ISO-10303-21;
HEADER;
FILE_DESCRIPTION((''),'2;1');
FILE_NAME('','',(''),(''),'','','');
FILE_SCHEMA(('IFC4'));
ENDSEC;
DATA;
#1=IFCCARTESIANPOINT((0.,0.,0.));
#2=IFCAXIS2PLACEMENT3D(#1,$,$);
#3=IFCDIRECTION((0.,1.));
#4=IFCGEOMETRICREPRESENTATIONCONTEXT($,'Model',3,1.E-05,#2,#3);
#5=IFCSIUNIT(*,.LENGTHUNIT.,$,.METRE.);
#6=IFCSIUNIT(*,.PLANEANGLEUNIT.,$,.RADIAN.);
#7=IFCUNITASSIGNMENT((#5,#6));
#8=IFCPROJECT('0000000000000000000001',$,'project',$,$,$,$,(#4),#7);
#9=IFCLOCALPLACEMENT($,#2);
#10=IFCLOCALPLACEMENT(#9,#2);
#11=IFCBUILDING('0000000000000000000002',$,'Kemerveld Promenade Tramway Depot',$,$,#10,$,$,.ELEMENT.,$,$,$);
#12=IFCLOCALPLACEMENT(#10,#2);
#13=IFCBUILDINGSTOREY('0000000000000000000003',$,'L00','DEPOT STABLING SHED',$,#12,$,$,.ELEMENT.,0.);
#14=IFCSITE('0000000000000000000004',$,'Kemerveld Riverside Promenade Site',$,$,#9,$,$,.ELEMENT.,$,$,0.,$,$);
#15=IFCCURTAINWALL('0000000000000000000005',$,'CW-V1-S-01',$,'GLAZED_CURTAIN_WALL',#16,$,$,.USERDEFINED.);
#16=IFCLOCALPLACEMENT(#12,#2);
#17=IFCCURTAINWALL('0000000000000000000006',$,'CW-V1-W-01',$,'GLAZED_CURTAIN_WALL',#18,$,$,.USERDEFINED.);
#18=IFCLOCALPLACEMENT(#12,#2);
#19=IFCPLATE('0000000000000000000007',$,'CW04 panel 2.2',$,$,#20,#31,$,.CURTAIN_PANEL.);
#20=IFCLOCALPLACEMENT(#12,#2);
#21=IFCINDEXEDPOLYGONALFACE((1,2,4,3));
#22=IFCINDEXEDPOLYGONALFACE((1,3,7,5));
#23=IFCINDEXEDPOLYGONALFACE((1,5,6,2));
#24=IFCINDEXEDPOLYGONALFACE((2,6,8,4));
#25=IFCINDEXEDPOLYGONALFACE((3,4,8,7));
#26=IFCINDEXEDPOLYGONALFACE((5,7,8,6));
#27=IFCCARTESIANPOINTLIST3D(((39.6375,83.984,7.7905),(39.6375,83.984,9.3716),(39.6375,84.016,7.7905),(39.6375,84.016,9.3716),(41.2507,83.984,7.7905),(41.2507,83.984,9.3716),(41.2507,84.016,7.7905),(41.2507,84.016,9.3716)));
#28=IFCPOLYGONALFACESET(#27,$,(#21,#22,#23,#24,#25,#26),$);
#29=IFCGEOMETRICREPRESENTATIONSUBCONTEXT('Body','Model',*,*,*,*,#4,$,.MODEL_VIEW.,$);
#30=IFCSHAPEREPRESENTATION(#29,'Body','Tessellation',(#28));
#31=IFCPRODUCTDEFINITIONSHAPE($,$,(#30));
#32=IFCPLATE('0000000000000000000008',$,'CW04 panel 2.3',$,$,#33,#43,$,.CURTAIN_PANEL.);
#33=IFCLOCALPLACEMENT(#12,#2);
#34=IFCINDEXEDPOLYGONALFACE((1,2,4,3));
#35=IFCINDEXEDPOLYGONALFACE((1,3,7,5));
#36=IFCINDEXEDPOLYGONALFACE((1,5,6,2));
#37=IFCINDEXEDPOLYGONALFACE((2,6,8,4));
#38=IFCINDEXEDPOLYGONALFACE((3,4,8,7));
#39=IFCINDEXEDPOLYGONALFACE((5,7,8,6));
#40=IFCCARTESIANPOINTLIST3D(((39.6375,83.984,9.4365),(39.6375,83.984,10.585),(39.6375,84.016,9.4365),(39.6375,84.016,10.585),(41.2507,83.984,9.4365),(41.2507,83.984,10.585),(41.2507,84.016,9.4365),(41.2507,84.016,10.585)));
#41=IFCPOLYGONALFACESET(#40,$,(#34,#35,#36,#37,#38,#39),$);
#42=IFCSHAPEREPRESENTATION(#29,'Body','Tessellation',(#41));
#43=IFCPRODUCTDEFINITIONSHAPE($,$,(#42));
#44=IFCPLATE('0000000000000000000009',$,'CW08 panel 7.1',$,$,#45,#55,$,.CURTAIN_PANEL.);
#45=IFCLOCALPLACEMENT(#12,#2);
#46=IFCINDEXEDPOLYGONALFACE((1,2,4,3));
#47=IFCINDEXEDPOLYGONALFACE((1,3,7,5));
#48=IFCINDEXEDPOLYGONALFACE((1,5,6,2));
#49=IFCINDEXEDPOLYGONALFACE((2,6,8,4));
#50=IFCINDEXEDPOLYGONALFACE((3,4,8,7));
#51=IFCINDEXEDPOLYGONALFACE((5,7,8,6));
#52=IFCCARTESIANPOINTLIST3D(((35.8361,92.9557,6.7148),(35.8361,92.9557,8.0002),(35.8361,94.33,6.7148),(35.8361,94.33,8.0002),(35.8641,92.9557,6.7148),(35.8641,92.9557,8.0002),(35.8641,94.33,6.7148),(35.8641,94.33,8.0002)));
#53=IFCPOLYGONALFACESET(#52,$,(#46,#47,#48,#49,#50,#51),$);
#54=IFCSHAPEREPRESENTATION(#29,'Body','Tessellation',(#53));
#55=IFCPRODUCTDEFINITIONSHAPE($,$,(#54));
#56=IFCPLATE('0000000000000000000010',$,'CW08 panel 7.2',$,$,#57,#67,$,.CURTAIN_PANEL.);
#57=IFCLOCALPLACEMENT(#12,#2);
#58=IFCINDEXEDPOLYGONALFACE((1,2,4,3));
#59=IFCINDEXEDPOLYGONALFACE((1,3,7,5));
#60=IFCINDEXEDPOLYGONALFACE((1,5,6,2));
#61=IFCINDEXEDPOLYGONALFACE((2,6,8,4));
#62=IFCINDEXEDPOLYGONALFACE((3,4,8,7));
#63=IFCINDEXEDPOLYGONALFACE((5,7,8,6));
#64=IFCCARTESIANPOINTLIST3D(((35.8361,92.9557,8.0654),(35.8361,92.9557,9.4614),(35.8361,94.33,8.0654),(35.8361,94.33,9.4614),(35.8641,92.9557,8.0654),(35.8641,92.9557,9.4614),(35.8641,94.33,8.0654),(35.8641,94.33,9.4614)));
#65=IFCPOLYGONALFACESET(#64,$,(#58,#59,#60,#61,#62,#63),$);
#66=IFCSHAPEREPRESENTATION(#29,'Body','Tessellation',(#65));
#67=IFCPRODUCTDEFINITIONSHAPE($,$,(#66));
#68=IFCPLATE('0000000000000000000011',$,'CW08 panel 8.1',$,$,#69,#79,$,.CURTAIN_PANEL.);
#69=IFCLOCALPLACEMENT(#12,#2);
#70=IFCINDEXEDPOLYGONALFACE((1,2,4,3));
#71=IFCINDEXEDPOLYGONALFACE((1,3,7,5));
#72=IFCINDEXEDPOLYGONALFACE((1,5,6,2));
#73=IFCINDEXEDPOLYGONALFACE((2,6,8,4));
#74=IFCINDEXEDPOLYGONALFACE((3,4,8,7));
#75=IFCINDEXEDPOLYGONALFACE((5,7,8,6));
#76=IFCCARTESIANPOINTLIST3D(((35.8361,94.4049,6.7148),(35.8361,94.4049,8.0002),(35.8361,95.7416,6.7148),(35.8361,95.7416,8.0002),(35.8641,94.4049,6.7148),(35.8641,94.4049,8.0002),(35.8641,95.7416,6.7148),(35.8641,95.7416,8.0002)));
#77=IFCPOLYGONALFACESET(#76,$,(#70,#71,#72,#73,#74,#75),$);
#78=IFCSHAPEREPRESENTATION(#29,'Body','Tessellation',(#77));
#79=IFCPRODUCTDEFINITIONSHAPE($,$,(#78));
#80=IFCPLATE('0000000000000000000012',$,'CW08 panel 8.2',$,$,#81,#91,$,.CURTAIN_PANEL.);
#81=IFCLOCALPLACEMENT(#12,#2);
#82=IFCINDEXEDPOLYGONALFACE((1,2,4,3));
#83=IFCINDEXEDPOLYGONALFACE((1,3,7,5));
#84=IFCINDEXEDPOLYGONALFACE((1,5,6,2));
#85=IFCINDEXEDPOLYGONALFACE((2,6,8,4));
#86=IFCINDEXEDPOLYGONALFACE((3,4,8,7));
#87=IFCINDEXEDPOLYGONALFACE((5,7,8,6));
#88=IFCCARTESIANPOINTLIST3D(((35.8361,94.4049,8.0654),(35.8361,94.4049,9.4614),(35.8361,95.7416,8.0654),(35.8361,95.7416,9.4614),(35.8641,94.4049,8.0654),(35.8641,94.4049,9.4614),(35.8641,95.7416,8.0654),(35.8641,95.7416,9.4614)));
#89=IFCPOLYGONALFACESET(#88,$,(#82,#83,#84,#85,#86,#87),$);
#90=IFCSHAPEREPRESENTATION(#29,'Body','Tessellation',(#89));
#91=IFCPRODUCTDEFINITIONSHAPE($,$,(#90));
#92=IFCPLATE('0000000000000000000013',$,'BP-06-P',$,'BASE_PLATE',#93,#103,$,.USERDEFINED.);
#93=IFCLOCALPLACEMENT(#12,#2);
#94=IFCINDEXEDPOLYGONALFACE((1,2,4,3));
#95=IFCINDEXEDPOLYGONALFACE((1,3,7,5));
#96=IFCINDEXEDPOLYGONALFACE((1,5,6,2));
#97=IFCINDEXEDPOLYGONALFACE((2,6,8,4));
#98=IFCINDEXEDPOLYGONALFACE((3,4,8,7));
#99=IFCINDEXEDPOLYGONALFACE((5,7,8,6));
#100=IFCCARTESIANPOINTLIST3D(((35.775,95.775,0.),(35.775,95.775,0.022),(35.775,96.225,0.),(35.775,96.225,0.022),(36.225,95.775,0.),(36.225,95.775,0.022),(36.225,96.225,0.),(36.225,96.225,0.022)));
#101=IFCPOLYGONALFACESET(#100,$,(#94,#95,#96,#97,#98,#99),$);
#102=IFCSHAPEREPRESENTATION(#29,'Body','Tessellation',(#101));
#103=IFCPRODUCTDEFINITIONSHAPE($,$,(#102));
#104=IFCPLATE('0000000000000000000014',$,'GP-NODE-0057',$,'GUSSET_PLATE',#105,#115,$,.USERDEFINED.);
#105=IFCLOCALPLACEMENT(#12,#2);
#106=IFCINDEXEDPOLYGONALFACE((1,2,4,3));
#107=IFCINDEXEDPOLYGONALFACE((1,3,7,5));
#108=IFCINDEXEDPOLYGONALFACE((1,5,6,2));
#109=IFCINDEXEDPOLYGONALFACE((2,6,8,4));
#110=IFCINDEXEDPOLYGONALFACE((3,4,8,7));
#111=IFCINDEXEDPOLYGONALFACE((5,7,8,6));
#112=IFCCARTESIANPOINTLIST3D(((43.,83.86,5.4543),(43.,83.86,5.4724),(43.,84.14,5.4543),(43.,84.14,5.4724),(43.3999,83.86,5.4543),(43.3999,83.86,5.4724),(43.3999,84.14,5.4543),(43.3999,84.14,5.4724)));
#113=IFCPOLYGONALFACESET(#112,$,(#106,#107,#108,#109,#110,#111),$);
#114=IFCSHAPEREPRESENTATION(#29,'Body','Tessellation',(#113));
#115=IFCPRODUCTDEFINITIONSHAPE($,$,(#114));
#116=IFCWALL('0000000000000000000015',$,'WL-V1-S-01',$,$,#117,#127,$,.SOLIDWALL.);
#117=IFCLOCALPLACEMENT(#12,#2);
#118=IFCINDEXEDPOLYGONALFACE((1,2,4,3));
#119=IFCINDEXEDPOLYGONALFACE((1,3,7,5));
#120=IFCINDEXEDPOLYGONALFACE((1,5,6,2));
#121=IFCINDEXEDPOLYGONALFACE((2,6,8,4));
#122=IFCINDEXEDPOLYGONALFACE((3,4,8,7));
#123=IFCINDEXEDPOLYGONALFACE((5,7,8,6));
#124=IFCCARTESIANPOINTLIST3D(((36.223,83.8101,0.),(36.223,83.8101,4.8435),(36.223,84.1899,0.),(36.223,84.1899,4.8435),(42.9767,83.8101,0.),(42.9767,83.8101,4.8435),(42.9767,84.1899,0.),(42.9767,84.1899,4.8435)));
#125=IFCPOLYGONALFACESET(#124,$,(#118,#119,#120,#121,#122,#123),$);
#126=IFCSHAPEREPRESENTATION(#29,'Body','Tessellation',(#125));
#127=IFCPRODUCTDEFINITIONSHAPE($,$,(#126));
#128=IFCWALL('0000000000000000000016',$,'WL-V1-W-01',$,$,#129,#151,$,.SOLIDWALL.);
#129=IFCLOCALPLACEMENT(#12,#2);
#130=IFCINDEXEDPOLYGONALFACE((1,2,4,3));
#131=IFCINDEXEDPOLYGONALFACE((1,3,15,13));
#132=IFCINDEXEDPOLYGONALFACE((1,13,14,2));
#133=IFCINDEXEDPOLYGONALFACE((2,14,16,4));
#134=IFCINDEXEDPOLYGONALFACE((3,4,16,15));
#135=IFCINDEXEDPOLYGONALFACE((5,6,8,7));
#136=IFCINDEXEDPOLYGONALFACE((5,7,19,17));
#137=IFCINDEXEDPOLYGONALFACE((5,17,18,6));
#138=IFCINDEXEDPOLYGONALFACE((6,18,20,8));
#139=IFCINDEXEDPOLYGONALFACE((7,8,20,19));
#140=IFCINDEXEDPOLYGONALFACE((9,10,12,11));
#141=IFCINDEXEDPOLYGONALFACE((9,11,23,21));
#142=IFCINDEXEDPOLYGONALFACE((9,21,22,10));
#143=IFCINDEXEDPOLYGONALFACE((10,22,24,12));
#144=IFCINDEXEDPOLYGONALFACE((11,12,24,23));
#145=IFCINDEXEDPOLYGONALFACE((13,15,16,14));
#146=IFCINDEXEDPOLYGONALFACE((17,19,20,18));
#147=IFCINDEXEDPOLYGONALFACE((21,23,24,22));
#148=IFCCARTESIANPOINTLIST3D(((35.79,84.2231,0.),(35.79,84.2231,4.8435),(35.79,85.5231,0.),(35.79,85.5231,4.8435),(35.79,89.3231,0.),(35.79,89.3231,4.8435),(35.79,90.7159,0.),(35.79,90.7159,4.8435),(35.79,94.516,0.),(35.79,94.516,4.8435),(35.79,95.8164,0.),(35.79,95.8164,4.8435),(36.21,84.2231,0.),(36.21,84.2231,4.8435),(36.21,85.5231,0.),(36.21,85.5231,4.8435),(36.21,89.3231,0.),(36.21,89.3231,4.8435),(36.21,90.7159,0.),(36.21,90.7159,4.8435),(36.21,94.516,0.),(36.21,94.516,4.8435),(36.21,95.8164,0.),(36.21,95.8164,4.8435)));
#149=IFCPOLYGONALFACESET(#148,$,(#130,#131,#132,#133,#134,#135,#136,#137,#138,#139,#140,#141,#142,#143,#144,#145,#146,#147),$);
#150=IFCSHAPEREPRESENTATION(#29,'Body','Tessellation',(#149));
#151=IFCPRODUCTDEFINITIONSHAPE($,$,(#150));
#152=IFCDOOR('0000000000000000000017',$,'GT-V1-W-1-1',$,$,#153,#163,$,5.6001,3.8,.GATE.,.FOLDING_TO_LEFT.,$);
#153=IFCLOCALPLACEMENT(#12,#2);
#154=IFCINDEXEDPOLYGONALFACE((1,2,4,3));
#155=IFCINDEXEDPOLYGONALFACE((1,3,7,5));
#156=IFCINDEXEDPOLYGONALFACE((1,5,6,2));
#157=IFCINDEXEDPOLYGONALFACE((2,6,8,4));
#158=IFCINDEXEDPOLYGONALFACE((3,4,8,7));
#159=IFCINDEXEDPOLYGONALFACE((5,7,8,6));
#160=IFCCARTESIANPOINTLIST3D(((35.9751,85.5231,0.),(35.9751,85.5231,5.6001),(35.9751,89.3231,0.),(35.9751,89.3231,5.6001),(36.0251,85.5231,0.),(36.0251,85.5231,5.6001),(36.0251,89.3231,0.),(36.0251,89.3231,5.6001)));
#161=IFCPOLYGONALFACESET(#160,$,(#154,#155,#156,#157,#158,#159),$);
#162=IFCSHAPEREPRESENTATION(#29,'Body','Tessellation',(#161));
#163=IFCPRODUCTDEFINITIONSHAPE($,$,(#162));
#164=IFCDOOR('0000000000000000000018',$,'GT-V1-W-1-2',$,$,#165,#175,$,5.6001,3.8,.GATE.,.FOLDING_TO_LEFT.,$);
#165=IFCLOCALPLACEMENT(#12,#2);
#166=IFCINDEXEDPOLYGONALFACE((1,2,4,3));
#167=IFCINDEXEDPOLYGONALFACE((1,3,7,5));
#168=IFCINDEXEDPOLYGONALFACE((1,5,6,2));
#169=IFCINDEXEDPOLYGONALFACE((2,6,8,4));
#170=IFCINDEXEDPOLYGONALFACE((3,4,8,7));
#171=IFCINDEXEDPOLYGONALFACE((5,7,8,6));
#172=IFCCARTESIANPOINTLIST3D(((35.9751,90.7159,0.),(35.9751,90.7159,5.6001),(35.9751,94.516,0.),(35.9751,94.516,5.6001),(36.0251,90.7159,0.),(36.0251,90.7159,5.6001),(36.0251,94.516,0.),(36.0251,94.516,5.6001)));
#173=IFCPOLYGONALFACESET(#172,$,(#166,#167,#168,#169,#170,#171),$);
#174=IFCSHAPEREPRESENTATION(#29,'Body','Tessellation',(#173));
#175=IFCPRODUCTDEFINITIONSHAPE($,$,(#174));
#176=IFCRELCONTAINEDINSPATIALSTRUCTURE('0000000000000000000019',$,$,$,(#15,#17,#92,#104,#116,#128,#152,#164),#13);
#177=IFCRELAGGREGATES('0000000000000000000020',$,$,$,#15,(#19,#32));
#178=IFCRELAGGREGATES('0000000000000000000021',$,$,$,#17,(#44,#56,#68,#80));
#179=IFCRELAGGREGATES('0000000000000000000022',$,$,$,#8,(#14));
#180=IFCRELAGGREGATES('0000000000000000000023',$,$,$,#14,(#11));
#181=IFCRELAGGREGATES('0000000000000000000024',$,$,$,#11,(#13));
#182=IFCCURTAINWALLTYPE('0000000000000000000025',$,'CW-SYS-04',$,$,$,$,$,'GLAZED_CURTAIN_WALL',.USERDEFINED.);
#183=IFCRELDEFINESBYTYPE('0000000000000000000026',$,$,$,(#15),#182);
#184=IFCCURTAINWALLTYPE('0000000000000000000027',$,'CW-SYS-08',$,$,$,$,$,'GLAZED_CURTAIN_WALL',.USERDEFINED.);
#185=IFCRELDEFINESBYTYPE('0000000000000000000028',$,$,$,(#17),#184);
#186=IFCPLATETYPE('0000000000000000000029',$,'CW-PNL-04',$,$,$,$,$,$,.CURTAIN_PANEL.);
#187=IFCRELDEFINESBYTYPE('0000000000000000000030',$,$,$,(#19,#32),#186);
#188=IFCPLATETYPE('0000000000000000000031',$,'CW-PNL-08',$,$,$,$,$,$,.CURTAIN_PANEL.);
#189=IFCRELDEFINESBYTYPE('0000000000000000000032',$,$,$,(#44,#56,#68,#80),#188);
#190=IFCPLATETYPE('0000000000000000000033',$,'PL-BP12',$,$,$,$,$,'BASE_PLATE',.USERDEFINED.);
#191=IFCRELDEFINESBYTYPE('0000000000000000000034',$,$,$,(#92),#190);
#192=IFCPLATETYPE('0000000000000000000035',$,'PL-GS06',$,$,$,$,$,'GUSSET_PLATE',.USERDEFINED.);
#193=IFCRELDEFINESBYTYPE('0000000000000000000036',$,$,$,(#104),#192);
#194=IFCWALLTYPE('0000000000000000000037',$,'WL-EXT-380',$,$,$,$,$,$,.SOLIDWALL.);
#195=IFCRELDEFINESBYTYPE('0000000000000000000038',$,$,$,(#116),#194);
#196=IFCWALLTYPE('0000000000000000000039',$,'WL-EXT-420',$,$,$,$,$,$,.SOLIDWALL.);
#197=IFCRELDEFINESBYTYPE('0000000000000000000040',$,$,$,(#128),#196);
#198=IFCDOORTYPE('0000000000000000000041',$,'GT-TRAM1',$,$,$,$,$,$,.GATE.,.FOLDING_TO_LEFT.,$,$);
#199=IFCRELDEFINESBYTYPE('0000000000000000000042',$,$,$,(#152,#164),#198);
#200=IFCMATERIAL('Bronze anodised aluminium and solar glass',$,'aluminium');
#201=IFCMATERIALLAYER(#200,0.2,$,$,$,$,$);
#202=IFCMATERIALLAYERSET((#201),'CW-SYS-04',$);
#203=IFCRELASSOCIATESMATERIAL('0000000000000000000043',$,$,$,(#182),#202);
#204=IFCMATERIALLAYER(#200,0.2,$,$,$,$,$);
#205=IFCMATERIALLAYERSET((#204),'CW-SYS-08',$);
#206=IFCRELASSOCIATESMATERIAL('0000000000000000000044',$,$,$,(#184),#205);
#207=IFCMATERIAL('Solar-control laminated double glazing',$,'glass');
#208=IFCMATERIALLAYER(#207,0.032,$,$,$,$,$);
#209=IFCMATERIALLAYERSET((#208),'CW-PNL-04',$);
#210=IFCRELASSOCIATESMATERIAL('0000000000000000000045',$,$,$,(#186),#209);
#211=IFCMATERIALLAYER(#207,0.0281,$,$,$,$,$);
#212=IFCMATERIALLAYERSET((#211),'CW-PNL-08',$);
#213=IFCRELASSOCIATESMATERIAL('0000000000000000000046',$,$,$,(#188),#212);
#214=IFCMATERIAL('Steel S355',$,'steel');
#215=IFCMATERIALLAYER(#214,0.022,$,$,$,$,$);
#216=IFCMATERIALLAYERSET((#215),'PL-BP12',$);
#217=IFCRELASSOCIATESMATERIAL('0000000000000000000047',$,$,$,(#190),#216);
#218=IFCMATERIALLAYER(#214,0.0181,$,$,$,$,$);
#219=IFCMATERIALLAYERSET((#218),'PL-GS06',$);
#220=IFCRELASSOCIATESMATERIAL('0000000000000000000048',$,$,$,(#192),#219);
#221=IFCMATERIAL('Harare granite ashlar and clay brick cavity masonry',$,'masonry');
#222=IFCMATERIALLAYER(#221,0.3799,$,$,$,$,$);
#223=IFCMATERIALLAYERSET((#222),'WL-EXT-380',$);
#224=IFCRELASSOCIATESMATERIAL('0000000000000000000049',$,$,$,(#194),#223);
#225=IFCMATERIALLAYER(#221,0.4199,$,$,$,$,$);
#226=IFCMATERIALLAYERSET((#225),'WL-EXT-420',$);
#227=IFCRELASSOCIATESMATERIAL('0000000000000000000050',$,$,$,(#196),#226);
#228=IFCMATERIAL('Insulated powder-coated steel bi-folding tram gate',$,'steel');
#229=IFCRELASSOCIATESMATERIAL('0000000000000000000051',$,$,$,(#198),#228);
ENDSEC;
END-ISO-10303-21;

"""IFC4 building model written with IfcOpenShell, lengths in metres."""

from ifc_helpers import new_model, si_unit, direction, frame, frame_2d, origin, origin_2d, place, context, subcontext, project, spatial, rectangle, extrude, material, layer, layer_set, type_object, element, fill, aggregate, save


model = new_model("IFC4")

# Units and contexts
model_context = context("Model", 3, precision=1e-05, world=origin(), true_north=direction((0.0, 1.0)))
body_context = subcontext(model_context, "Body", "Model", "MODEL_VIEW")
ifc_project = project(units=[si_unit("LENGTHUNIT", "METRE"), si_unit("PLANEANGLEUNIT", "RADIAN")], contexts=[model_context])

# Site, building, storey
site_placement = place(None, origin())
site = spatial("IfcSite", under=ifc_project, at=site_placement, Name="Kemerveld Riverside Promenade Site", CompositionType="ELEMENT", RefElevation=0.0)
building_placement = place(site_placement, origin())
building = spatial("IfcBuilding", under=site, at=building_placement, Name="Kemerveld Promenade Tramway Depot", CompositionType="ELEMENT")
storey_placement = place(building_placement, origin())
storey = spatial("IfcBuildingStorey", under=building, at=storey_placement, Name="L00", Description="DEPOT STABLING SHED", CompositionType="ELEMENT", Elevation=0.0)

# Shared definitions
ifc_material_1 = material(Name="Steel S355", Category="steel")

# Curtain walls
ifc_material_2 = material(Name="Bronze anodised aluminium and solar glass", Category="aluminium")
ifc_layer_1 = layer(ifc_material_2, 0.2)
ifc_layer_set_1 = layer_set([ifc_layer_1], Name="CW-SYS-04")
curtain_wall_type_1 = type_object("IfcCurtainWallType", Name="CW-SYS-04", ElementType="GLAZED_CURTAIN_WALL", PredefinedType="USERDEFINED", material=ifc_layer_set_1)
curtain_wall_1_placement = place(storey_placement, origin())
curtain_wall_1 = element("IfcCurtainWall", 1, at=curtain_wall_1_placement, inside=storey, type_object=curtain_wall_type_1, Name="CW-V1-S-01", ObjectType="GLAZED_CURTAIN_WALL", PredefinedType="USERDEFINED")
ifc_layer_2 = layer(ifc_material_2, 0.2)
ifc_layer_set_2 = layer_set([ifc_layer_2], Name="CW-SYS-08")
curtain_wall_type_2 = type_object("IfcCurtainWallType", Name="CW-SYS-08", ElementType="GLAZED_CURTAIN_WALL", PredefinedType="USERDEFINED", material=ifc_layer_set_2)
curtain_wall_2_placement = place(storey_placement, origin())
curtain_wall_2 = element("IfcCurtainWall", 2, at=curtain_wall_2_placement, inside=storey, type_object=curtain_wall_type_2, Name="CW-V1-W-01", ObjectType="GLAZED_CURTAIN_WALL", PredefinedType="USERDEFINED")

# Plates
ifc_material_3 = material(Name="Solar-control laminated double glazing", Category="glass")
ifc_layer_3 = layer(ifc_material_3, 0.032)
ifc_layer_set_3 = layer_set([ifc_layer_3], Name="CW-PNL-04")
plate_type_1 = type_object("IfcPlateType", Name="CW-PNL-04", PredefinedType="CURTAIN_PANEL", material=ifc_layer_set_3)
plate_1_placement = place(storey_placement, frame((40.4441, 84.0, 7.7905), z_axis=(0.0, 0.0, 1.0), x_axis=(-1.0, 0.0, 0.0)))
plate_1 = element("IfcPlate", 3, at=plate_1_placement, type_object=plate_type_1, Name="CW04 panel 2.2", PredefinedType="CURTAIN_PANEL", context=body_context, shape_type="SweptSolid", body=[
    extrude(rectangle(XDim=1.6133, YDim=0.032, at=origin_2d()), origin(), (0.0, 0.0, 1.0), 1.5811),
])
plate_2_placement = place(storey_placement, frame((40.4441, 84.0, 9.4365), z_axis=(0.0, 0.0, 1.0), x_axis=(-1.0, 0.0, 0.0)))
plate_2 = element("IfcPlate", 4, at=plate_2_placement, type_object=plate_type_1, Name="CW04 panel 2.3", PredefinedType="CURTAIN_PANEL", context=body_context, shape_type="SweptSolid", body=[
    extrude(rectangle(XDim=1.6133, YDim=0.032, at=origin_2d()), origin(), (0.0, 0.0, 1.0), 1.1484),
])
aggregate(curtain_wall_1, [plate_1, plate_2])
ifc_layer_4 = layer(ifc_material_3, 0.0281)
ifc_layer_set_4 = layer_set([ifc_layer_4], Name="CW-PNL-08")
plate_type_2 = type_object("IfcPlateType", Name="CW-PNL-08", PredefinedType="CURTAIN_PANEL", material=ifc_layer_set_4)
plate_3_placement = place(storey_placement, frame((35.8501, 93.6428, 6.7148), z_axis=(0.0, 0.0, 1.0), x_axis=(0.0, 1.0, 0.0)))
plate_3 = element("IfcPlate", 5, at=plate_3_placement, type_object=plate_type_2, Name="CW08 panel 7.1", PredefinedType="CURTAIN_PANEL", context=body_context, shape_type="SweptSolid", body=[
    extrude(rectangle(XDim=1.3743, YDim=0.0281, at=origin_2d()), origin(), (0.0, 0.0, 1.0), 1.2854),
])
plate_4_placement = place(storey_placement, frame((35.8501, 93.6428, 8.0654), z_axis=(0.0, 0.0, 1.0), x_axis=(0.0, 1.0, 0.0)))
plate_4 = element("IfcPlate", 6, at=plate_4_placement, type_object=plate_type_2, Name="CW08 panel 7.2", PredefinedType="CURTAIN_PANEL", context=body_context, shape_type="SweptSolid", body=[
    extrude(rectangle(XDim=1.3743, YDim=0.0281, at=origin_2d()), origin(), (0.0, 0.0, 1.0), 1.396),
])
plate_5_placement = place(storey_placement, frame((35.8501, 95.0732, 6.7148), z_axis=(0.0, 0.0, 1.0), x_axis=(0.0, 1.0, 0.0)))
plate_5 = element("IfcPlate", 7, at=plate_5_placement, type_object=plate_type_2, Name="CW08 panel 8.1", PredefinedType="CURTAIN_PANEL", context=body_context, shape_type="SweptSolid", body=[
    extrude(rectangle(XDim=1.3367, YDim=0.0281, at=origin_2d()), origin(), (0.0, 0.0, 1.0), 1.2854),
])
plate_6_placement = place(storey_placement, frame((35.8501, 95.0732, 8.0654), z_axis=(0.0, 0.0, 1.0), x_axis=(0.0, 1.0, 0.0)))
plate_6 = element("IfcPlate", 8, at=plate_6_placement, type_object=plate_type_2, Name="CW08 panel 8.2", PredefinedType="CURTAIN_PANEL", context=body_context, shape_type="SweptSolid", body=[
    extrude(rectangle(XDim=1.3367, YDim=0.0281, at=origin_2d()), origin(), (0.0, 0.0, 1.0), 1.396),
])
aggregate(curtain_wall_2, [plate_3, plate_4, plate_5, plate_6])

# Plates
ifc_layer_5 = layer(ifc_material_1, 0.022)
ifc_layer_set_5 = layer_set([ifc_layer_5], Name="PL-BP12")
plate_type_3 = type_object("IfcPlateType", Name="PL-BP12", ElementType="BASE_PLATE", PredefinedType="USERDEFINED", material=ifc_layer_set_5)
plate_7_placement = place(storey_placement, frame((36.0, 96.0, 0.0), z_axis=(0.0, 0.0, 1.0), x_axis=(1.0, 0.0, 0.0)))
element("IfcPlate", 9, at=plate_7_placement, inside=storey, type_object=plate_type_3, Name="BP-06-P", ObjectType="BASE_PLATE", PredefinedType="USERDEFINED", context=body_context, shape_type="SweptSolid", body=[
    extrude(rectangle(XDim=0.45, YDim=0.45, at=origin_2d()), origin(), (0.0, 0.0, 1.0), 0.022),
])
ifc_layer_6 = layer(ifc_material_1, 0.0181)
ifc_layer_set_6 = layer_set([ifc_layer_6], Name="PL-GS06")
plate_type_4 = type_object("IfcPlateType", Name="PL-GS06", ElementType="GUSSET_PLATE", PredefinedType="USERDEFINED", material=ifc_layer_set_6)
plate_8_placement = place(storey_placement, frame((43.2, 84.0, 5.4543), z_axis=(0.0, 0.0, 1.0), x_axis=(1.0, 0.0, 0.0)))
element("IfcPlate", 10, at=plate_8_placement, inside=storey, type_object=plate_type_4, Name="GP-NODE-0057", ObjectType="GUSSET_PLATE", PredefinedType="USERDEFINED", context=body_context, shape_type="SweptSolid", body=[
    extrude(rectangle(XDim=0.3999, YDim=0.28, at=origin_2d()), origin(), (0.0, 0.0, 1.0), 0.0181),
])

# Wall
ifc_material_4 = material(Name="Harare granite ashlar and clay brick cavity masonry", Category="masonry")
ifc_layer_7 = layer(ifc_material_4, 0.3799)
ifc_layer_set_7 = layer_set([ifc_layer_7], Name="WL-EXT-380")
wall_type_1 = type_object("IfcWallType", Name="WL-EXT-380", PredefinedType="SOLIDWALL", material=ifc_layer_set_7)
wall_1_placement = place(storey_placement, frame((42.9768, 84.0, 0.0), z_axis=(0.0, 0.0, 1.0), x_axis=(-1.0, 0.0, 0.0)))
element("IfcWall", 11, at=wall_1_placement, inside=storey, type_object=wall_type_1, Name="WL-V1-S-01", PredefinedType="SOLIDWALL", context=body_context, shape_type="SweptSolid", body=[
    extrude(rectangle(XDim=6.7537, YDim=0.3799, at=frame_2d((3.377, 0.0))), origin(), (0.0, 0.0, 1.0), 4.8435),
])

# Wall, openings, doors
ifc_layer_8 = layer(ifc_material_4, 0.4199)
ifc_layer_set_8 = layer_set([ifc_layer_8], Name="WL-EXT-420")
wall_type_2 = type_object("IfcWallType", Name="WL-EXT-420", PredefinedType="SOLIDWALL", material=ifc_layer_set_8)
wall_2_placement = place(storey_placement, frame((36.0, 84.2231, 0.0), z_axis=(0.0, 0.0, 1.0), x_axis=(0.0, 1.0, 0.0)))
wall_2 = element("IfcWall", 12, at=wall_2_placement, inside=storey, type_object=wall_type_2, Name="WL-V1-W-01", PredefinedType="SOLIDWALL", context=body_context, shape_type="SweptSolid", body=[
    extrude(rectangle(XDim=11.5933, YDim=0.4199, at=frame_2d((5.7966, 0.0))), origin(), (0.0, 0.0, 1.0), 4.8435),
])
opening_1_placement = place(wall_2_placement, frame((1.3, 0.0, 0.0)))
opening_1 = element("IfcOpeningElement", 13, at=opening_1_placement, cuts=wall_2, PredefinedType="OPENING", context=body_context, shape_type="SweptSolid", body=[
    extrude(rectangle(XDim=3.8, YDim=5.6001, at=frame_2d((1.8999, 2.8))), frame((0.0, 0.22, 0.0), z_axis=(0.0, -1.0, 0.0), x_axis=(1.0, 0.0, 0.0)), (0.0, 0.0, 1.0), 0.4399),
])
opening_2_placement = place(wall_2_placement, frame((6.4929, 0.0, 0.0)))
opening_2 = element("IfcOpeningElement", 14, at=opening_2_placement, cuts=wall_2, PredefinedType="OPENING", context=body_context, shape_type="SweptSolid", body=[
    extrude(rectangle(XDim=3.8, YDim=5.6001, at=frame_2d((1.8999, 2.8))), frame((0.0, 0.22, 0.0), z_axis=(0.0, -1.0, 0.0), x_axis=(1.0, 0.0, 0.0)), (0.0, 0.0, 1.0), 0.4399),
])
ifc_material_5 = material(Name="Insulated powder-coated steel bi-folding tram gate", Category="steel")
door_type = type_object("IfcDoorType", Name="GT-TRAM1", OperationType="FOLDING_TO_LEFT", PredefinedType="GATE", material=ifc_material_5)
door_1_placement = place(opening_1_placement, origin())
door_1 = element("IfcDoor", 15, at=door_1_placement, inside=storey, type_object=door_type, Name="GT-V1-W-1-1", OperationType="FOLDING_TO_LEFT", OverallHeight=5.6001, OverallWidth=3.8, PredefinedType="GATE", context=body_context, shape_type="SweptSolid", body=[
    extrude(rectangle(XDim=3.8, YDim=5.6001, at=frame_2d((1.8999, 2.8))), frame((0.0, 0.0249, 0.0), z_axis=(0.0, -1.0, 0.0), x_axis=(1.0, 0.0, 0.0)), (0.0, 0.0, 1.0), 0.05),
])
fill(opening_1, door_1)
door_2_placement = place(opening_2_placement, origin())
door_2 = element("IfcDoor", 16, at=door_2_placement, inside=storey, type_object=door_type, Name="GT-V1-W-1-2", OperationType="FOLDING_TO_LEFT", OverallHeight=5.6001, OverallWidth=3.8, PredefinedType="GATE", context=body_context, shape_type="SweptSolid", body=[
    extrude(rectangle(XDim=3.8, YDim=5.6001, at=frame_2d((1.8999, 2.8))), frame((0.0, 0.0249, 0.0), z_axis=(0.0, -1.0, 0.0), x_axis=(1.0, 0.0, 0.0)), (0.0, 0.0, 1.0), 0.05),
])
fill(opening_2, door_2)

save(model, "model.ifc")
